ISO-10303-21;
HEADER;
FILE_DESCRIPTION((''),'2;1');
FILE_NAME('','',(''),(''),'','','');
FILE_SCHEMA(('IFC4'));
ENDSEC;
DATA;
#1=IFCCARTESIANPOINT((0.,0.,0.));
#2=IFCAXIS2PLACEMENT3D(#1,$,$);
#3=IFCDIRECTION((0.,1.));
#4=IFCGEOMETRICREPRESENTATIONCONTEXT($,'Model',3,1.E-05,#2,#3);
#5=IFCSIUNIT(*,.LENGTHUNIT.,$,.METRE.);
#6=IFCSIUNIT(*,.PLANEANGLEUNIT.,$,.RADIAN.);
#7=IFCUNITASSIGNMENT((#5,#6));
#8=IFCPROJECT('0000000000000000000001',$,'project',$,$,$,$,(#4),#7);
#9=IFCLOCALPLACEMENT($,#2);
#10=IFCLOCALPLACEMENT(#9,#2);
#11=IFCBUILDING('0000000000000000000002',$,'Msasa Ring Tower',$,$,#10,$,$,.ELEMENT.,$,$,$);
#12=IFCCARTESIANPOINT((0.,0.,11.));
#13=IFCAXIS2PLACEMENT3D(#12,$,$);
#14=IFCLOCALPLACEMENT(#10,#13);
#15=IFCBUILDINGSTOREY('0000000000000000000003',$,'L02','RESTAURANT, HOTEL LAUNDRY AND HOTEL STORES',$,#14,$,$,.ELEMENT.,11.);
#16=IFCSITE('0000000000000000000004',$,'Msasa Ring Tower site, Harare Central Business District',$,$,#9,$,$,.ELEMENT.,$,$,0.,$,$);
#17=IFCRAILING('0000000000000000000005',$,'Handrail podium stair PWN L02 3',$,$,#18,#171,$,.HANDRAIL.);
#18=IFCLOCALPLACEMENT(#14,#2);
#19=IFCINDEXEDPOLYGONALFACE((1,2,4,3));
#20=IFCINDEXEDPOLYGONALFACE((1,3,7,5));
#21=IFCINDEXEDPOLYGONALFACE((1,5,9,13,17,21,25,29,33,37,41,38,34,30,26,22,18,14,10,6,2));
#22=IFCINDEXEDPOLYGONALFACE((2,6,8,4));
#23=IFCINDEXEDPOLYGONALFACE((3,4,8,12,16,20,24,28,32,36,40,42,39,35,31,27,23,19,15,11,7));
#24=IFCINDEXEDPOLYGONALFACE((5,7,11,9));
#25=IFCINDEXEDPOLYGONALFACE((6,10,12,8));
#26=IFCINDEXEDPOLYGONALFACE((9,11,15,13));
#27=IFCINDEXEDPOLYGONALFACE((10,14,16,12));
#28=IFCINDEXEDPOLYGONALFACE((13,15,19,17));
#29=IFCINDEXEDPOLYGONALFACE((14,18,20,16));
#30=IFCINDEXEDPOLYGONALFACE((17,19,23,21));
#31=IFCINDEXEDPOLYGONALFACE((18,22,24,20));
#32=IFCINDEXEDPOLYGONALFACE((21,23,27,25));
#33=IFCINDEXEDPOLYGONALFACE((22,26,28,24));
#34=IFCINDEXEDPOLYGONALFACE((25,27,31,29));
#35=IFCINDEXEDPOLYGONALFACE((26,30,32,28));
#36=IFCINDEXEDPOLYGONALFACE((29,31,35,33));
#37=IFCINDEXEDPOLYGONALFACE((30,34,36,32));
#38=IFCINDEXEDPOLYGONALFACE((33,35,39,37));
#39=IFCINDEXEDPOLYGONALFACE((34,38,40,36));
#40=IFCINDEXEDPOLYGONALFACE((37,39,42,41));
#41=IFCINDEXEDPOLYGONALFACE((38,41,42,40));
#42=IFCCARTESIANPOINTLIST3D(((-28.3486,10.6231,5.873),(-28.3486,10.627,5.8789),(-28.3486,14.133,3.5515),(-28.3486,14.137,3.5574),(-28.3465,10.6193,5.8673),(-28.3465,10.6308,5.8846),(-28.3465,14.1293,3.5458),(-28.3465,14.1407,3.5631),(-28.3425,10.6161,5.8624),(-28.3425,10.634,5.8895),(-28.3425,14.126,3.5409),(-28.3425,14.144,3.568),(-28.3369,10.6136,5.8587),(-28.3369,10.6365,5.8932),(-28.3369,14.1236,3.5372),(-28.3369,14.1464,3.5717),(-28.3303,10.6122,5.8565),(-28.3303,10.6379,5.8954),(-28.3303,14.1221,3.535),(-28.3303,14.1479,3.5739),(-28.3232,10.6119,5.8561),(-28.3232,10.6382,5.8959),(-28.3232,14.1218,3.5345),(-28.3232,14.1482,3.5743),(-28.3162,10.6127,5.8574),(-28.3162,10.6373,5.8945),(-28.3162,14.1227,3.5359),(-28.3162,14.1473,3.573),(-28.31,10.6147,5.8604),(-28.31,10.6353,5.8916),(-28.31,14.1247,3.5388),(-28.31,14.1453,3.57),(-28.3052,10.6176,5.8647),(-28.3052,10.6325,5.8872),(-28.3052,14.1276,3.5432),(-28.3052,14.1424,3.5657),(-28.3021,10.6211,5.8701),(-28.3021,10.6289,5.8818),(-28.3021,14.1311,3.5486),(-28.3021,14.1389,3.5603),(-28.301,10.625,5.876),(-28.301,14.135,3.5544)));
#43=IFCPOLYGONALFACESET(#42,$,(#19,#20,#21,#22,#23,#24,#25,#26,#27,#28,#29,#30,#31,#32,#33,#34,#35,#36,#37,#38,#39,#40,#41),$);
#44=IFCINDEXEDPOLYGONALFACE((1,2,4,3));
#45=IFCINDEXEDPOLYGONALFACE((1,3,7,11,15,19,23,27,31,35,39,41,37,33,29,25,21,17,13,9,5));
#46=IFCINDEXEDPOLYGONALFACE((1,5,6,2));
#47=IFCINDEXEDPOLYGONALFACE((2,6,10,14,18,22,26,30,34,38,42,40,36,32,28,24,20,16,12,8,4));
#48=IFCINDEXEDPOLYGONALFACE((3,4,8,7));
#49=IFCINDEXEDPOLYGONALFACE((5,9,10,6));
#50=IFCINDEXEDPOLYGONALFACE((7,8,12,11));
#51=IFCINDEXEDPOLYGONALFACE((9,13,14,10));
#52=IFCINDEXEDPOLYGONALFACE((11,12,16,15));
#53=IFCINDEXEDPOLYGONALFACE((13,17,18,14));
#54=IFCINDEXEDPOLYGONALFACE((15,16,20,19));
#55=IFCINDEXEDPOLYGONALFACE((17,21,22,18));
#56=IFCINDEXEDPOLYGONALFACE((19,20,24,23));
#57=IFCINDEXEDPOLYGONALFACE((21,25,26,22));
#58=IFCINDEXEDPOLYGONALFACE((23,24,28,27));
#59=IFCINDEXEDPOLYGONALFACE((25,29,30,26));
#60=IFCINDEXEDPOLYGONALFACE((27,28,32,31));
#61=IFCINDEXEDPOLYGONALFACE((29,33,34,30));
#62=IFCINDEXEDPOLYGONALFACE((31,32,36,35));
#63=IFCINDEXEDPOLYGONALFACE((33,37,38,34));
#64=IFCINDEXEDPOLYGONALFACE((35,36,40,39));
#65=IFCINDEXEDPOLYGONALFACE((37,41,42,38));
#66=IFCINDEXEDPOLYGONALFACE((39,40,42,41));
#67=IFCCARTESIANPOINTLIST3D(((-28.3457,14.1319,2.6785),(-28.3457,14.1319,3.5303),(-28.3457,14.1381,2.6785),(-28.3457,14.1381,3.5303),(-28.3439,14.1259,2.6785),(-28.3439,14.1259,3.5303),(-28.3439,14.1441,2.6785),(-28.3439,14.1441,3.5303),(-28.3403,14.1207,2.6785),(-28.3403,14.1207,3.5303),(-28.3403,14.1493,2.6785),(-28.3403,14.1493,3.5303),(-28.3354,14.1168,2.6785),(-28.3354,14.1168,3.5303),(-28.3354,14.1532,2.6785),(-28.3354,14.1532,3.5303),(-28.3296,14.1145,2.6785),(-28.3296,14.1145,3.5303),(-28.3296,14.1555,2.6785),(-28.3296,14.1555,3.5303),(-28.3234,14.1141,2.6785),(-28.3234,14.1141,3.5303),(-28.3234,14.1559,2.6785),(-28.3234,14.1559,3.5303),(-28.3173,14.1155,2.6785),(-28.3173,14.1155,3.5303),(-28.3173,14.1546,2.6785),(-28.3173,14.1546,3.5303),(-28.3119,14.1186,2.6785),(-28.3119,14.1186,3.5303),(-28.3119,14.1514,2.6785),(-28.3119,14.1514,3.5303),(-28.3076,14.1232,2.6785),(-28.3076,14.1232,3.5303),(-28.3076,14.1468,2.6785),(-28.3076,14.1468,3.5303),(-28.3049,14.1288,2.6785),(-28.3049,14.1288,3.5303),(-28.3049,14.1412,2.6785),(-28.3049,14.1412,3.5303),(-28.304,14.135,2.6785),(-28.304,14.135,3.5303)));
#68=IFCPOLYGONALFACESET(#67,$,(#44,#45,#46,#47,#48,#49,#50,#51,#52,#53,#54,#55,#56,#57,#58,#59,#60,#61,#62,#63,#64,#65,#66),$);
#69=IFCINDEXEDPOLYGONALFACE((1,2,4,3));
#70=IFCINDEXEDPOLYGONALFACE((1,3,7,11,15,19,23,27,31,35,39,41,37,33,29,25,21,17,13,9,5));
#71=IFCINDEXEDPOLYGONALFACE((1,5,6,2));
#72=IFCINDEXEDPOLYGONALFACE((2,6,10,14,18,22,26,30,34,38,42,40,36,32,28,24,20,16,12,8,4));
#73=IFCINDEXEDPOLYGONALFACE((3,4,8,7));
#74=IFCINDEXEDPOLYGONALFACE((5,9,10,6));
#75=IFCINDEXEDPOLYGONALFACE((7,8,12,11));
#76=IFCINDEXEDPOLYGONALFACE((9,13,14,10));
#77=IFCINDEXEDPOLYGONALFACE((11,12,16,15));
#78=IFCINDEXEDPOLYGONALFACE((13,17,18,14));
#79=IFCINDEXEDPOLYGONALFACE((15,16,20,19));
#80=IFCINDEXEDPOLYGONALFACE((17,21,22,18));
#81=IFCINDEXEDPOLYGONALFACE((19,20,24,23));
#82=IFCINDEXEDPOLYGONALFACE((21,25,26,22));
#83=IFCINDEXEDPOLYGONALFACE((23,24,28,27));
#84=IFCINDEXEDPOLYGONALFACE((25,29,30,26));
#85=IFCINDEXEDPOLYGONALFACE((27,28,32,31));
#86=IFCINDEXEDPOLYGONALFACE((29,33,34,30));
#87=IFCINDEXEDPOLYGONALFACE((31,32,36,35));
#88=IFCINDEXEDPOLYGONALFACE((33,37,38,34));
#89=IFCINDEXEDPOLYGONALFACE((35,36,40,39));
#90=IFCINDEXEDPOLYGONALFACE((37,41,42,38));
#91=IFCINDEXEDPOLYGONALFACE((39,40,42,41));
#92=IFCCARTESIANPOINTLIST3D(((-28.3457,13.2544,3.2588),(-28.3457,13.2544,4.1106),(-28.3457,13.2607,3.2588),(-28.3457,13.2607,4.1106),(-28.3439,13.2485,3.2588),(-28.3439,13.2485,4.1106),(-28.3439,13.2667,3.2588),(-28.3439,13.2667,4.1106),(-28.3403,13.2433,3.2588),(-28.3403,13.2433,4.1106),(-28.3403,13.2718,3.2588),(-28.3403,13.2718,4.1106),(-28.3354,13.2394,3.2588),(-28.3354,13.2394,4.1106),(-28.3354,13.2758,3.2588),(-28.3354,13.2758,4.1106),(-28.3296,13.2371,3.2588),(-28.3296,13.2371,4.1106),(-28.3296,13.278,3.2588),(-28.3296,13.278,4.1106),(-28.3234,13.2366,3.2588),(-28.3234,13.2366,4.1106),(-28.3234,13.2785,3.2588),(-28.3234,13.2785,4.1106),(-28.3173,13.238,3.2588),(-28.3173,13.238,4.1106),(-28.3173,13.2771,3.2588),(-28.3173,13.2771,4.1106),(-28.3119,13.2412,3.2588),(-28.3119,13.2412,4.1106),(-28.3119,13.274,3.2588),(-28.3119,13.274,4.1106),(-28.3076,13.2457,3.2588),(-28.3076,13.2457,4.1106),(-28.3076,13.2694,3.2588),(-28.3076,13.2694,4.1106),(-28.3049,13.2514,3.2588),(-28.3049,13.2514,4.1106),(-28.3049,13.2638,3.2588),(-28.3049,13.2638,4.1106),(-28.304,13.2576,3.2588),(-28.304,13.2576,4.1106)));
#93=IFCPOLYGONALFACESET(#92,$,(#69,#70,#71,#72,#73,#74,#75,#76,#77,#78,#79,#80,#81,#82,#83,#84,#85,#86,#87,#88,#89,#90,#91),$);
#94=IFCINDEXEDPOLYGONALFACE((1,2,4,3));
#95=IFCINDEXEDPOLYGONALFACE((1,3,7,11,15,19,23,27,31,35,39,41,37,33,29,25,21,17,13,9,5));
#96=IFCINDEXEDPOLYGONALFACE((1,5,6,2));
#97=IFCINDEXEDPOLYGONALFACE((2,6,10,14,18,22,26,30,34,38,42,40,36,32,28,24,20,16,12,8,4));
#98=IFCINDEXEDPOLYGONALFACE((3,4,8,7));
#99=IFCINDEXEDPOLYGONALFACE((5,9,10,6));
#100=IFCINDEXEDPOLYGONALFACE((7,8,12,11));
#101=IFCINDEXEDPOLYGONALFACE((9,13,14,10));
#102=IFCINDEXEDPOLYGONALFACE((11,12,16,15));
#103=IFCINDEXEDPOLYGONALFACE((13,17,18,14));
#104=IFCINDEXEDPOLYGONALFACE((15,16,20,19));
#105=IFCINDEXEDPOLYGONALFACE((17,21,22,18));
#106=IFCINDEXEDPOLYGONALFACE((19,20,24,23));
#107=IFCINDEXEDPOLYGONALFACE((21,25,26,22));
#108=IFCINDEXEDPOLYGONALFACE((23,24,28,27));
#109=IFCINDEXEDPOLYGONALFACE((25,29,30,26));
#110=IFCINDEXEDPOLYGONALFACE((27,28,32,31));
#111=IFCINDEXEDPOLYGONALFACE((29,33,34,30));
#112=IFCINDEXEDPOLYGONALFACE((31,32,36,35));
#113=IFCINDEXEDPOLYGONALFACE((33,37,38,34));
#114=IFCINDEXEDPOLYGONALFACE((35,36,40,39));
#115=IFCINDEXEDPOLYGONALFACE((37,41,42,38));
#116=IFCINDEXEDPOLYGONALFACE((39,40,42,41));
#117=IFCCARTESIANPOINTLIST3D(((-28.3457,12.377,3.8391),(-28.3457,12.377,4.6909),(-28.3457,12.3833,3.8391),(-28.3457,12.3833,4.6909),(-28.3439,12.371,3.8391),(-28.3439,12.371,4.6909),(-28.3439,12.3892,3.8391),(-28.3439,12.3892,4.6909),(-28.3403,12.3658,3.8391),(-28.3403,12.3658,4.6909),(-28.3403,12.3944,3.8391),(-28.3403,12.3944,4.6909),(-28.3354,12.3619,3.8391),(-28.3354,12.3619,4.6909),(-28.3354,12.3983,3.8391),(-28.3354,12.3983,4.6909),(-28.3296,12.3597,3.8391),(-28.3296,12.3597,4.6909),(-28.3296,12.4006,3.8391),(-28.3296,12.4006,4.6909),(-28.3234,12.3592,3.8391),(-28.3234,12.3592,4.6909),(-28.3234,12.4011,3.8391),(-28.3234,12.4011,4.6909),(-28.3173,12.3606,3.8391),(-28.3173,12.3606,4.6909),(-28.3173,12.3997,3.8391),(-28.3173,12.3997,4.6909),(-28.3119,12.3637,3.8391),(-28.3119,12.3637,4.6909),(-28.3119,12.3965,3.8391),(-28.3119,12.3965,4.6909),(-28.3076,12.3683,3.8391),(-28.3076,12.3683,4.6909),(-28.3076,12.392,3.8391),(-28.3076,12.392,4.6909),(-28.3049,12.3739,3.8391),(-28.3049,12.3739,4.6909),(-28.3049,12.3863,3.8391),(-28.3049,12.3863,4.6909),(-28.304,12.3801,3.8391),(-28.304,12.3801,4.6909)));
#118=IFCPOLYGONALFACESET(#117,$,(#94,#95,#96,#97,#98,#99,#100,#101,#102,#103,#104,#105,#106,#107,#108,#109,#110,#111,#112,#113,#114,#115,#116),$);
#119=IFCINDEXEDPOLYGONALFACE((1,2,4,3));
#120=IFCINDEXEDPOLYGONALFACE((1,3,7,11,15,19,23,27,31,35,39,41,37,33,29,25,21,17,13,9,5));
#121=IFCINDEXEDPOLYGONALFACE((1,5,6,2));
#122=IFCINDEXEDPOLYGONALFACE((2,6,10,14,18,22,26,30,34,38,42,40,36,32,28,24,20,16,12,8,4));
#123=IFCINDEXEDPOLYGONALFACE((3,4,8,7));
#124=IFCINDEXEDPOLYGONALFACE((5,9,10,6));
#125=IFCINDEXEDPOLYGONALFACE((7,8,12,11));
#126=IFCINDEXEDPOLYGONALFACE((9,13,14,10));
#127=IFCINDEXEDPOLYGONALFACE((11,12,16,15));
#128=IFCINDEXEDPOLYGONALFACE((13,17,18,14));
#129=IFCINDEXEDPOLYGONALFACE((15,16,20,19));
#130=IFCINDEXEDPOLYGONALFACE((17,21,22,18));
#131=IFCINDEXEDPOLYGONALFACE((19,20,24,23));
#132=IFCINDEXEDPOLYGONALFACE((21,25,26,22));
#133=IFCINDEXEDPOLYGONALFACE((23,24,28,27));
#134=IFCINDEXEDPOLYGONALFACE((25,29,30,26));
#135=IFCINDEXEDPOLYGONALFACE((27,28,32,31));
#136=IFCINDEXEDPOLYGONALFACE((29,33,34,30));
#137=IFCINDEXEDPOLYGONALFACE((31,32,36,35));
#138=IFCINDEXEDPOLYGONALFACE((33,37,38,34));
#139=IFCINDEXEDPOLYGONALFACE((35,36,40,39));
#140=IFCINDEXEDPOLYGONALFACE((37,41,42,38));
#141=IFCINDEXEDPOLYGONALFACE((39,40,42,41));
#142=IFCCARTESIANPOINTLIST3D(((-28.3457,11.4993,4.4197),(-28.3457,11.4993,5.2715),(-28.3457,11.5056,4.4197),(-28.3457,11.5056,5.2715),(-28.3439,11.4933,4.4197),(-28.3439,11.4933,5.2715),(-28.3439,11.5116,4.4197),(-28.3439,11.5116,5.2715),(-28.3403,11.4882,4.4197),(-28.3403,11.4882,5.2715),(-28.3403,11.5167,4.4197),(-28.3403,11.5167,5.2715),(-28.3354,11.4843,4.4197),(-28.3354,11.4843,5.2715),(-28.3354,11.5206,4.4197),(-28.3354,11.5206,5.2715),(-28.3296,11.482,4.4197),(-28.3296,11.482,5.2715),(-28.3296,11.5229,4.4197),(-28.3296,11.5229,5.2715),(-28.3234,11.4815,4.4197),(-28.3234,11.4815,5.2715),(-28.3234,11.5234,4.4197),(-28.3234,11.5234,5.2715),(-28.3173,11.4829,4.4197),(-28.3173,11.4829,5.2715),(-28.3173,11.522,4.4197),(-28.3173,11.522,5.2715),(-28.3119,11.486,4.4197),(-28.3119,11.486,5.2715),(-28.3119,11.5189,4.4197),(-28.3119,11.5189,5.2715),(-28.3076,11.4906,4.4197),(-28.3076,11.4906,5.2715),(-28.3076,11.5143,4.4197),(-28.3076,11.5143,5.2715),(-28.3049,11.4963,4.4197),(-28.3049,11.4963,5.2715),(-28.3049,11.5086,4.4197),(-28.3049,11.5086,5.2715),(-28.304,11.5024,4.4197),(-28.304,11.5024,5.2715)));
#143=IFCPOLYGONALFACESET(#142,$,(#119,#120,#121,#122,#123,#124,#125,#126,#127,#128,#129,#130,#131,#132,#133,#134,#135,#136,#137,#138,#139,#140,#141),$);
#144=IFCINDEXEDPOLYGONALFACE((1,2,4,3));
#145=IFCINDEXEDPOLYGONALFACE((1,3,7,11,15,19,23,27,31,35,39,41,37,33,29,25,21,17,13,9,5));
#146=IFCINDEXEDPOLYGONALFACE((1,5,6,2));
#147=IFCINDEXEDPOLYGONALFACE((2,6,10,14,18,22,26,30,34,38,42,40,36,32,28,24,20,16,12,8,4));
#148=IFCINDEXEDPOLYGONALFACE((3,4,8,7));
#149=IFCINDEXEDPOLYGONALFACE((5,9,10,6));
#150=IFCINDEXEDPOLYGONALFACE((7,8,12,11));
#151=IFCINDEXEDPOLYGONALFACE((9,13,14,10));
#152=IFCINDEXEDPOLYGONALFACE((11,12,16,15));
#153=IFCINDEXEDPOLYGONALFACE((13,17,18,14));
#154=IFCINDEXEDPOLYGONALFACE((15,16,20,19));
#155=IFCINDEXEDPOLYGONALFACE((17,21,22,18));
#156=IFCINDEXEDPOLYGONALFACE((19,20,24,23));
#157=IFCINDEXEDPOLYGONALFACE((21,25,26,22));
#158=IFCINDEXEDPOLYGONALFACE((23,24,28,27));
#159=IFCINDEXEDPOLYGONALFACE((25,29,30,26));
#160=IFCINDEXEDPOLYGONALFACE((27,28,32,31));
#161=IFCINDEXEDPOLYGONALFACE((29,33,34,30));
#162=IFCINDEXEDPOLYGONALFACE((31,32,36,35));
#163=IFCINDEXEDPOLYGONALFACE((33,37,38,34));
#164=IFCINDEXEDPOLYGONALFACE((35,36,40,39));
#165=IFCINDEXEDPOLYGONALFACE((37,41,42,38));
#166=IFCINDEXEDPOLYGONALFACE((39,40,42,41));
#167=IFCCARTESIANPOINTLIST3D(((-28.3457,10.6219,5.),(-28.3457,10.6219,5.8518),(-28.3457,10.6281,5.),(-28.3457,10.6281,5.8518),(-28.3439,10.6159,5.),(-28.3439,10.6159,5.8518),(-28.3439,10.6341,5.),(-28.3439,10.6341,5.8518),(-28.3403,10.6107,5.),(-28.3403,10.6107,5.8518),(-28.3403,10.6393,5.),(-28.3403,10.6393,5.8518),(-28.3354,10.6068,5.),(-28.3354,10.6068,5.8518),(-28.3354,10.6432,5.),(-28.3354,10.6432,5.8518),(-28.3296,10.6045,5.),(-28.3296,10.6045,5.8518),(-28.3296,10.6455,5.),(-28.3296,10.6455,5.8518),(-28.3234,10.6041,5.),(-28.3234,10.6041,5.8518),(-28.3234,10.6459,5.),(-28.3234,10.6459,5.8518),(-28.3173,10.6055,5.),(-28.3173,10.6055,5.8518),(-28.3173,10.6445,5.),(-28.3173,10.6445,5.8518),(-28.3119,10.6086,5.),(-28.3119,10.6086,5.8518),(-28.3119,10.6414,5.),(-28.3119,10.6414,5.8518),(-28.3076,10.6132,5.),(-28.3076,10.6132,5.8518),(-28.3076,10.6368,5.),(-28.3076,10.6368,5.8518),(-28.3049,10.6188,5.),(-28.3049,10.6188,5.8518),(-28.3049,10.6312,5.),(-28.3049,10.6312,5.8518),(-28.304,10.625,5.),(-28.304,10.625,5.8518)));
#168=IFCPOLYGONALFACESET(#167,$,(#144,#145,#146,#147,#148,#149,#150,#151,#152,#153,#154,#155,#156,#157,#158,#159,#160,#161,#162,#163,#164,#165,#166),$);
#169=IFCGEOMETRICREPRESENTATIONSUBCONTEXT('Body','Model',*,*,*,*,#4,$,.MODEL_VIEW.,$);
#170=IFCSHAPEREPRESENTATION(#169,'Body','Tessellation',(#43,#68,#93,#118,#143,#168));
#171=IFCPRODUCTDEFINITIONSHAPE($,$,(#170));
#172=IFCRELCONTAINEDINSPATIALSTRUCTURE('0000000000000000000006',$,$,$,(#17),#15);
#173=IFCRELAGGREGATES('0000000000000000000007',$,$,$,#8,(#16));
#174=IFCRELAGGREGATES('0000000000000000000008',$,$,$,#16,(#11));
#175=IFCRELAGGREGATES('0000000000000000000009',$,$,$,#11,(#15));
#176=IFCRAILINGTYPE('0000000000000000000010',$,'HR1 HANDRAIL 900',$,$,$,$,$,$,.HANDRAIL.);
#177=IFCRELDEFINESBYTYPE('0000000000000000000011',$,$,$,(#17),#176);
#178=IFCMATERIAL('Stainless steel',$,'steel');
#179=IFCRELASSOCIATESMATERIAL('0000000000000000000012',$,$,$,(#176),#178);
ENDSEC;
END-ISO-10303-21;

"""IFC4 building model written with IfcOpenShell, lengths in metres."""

from ifc_helpers import new_model, si_unit, direction, frame, origin, origin_2d, place, context, subcontext, project, spatial, circle, extrude, material, type_object, element, save


model = new_model("IFC4")

# Units and contexts
model_context = context("Model", 3, precision=1e-05, world=origin(), true_north=direction((0.0, 1.0)))
body_context = subcontext(model_context, "Body", "Model", "MODEL_VIEW")
ifc_project = project(units=[si_unit("LENGTHUNIT", "METRE"), si_unit("PLANEANGLEUNIT", "RADIAN")], contexts=[model_context])

# Site, building, storey
site_placement = place(None, origin())
site = spatial("IfcSite", under=ifc_project, at=site_placement, Name="Msasa Ring Tower site, Harare Central Business District", CompositionType="ELEMENT", RefElevation=0.0)
building_placement = place(site_placement, origin())
building = spatial("IfcBuilding", under=site, at=building_placement, Name="Msasa Ring Tower", CompositionType="ELEMENT")
storey_placement = place(building_placement, frame((0.0, 0.0, 11.0)))
storey = spatial("IfcBuildingStorey", under=building, at=storey_placement, Name="L02", Description="RESTAURANT, HOTEL LAUNDRY AND HOTEL STORES", CompositionType="ELEMENT", Elevation=11.0)

# Railing
ifc_material_1 = material(Name="Stainless steel", Category="steel")
railing_type = type_object("IfcRailingType", Name="HR1 HANDRAIL 900", PredefinedType="HANDRAIL", material=ifc_material_1)
for number, where, name in (
    (1, (-28.325, 14.135, 2.6785), "Handrail podium stair PWN L02 3"),
):
    element("IfcRailing", number, at=place(storey_placement, frame(where)), inside=storey, type_object=railing_type, Name=name, PredefinedType="HANDRAIL", context=body_context, shape_type="SweptSolid", body=[
        extrude(circle(Radius=0.0239, at=origin_2d()), frame((0.0, 0.0, 0.876), z_axis=(0.0, -0.834071, 0.551657), x_axis=(1.0, 0.0, 0.0)), (0.0, 0.0, 1.0), 4.2083),
        extrude(circle(Radius=0.021, at=origin_2d()), origin(), (0.0, 0.0, 1.0), 0.8518),
        extrude(circle(Radius=0.021, at=origin_2d()), frame((0.0, -0.8774, 0.5803)), (0.0, 0.0, 1.0), 0.8518),
        extrude(circle(Radius=0.021, at=origin_2d()), frame((0.0, -1.7549, 1.1606)), (0.0, 0.0, 1.0), 0.8518),
        extrude(circle(Radius=0.021, at=origin_2d()), frame((0.0, -2.6326, 1.7412)), (0.0, 0.0, 1.0), 0.8518),
        extrude(circle(Radius=0.021, at=origin_2d()), frame((0.0, -3.51, 2.3215)), (0.0, 0.0, 1.0), 0.8518),
    ])

save(model, "model.ifc")
